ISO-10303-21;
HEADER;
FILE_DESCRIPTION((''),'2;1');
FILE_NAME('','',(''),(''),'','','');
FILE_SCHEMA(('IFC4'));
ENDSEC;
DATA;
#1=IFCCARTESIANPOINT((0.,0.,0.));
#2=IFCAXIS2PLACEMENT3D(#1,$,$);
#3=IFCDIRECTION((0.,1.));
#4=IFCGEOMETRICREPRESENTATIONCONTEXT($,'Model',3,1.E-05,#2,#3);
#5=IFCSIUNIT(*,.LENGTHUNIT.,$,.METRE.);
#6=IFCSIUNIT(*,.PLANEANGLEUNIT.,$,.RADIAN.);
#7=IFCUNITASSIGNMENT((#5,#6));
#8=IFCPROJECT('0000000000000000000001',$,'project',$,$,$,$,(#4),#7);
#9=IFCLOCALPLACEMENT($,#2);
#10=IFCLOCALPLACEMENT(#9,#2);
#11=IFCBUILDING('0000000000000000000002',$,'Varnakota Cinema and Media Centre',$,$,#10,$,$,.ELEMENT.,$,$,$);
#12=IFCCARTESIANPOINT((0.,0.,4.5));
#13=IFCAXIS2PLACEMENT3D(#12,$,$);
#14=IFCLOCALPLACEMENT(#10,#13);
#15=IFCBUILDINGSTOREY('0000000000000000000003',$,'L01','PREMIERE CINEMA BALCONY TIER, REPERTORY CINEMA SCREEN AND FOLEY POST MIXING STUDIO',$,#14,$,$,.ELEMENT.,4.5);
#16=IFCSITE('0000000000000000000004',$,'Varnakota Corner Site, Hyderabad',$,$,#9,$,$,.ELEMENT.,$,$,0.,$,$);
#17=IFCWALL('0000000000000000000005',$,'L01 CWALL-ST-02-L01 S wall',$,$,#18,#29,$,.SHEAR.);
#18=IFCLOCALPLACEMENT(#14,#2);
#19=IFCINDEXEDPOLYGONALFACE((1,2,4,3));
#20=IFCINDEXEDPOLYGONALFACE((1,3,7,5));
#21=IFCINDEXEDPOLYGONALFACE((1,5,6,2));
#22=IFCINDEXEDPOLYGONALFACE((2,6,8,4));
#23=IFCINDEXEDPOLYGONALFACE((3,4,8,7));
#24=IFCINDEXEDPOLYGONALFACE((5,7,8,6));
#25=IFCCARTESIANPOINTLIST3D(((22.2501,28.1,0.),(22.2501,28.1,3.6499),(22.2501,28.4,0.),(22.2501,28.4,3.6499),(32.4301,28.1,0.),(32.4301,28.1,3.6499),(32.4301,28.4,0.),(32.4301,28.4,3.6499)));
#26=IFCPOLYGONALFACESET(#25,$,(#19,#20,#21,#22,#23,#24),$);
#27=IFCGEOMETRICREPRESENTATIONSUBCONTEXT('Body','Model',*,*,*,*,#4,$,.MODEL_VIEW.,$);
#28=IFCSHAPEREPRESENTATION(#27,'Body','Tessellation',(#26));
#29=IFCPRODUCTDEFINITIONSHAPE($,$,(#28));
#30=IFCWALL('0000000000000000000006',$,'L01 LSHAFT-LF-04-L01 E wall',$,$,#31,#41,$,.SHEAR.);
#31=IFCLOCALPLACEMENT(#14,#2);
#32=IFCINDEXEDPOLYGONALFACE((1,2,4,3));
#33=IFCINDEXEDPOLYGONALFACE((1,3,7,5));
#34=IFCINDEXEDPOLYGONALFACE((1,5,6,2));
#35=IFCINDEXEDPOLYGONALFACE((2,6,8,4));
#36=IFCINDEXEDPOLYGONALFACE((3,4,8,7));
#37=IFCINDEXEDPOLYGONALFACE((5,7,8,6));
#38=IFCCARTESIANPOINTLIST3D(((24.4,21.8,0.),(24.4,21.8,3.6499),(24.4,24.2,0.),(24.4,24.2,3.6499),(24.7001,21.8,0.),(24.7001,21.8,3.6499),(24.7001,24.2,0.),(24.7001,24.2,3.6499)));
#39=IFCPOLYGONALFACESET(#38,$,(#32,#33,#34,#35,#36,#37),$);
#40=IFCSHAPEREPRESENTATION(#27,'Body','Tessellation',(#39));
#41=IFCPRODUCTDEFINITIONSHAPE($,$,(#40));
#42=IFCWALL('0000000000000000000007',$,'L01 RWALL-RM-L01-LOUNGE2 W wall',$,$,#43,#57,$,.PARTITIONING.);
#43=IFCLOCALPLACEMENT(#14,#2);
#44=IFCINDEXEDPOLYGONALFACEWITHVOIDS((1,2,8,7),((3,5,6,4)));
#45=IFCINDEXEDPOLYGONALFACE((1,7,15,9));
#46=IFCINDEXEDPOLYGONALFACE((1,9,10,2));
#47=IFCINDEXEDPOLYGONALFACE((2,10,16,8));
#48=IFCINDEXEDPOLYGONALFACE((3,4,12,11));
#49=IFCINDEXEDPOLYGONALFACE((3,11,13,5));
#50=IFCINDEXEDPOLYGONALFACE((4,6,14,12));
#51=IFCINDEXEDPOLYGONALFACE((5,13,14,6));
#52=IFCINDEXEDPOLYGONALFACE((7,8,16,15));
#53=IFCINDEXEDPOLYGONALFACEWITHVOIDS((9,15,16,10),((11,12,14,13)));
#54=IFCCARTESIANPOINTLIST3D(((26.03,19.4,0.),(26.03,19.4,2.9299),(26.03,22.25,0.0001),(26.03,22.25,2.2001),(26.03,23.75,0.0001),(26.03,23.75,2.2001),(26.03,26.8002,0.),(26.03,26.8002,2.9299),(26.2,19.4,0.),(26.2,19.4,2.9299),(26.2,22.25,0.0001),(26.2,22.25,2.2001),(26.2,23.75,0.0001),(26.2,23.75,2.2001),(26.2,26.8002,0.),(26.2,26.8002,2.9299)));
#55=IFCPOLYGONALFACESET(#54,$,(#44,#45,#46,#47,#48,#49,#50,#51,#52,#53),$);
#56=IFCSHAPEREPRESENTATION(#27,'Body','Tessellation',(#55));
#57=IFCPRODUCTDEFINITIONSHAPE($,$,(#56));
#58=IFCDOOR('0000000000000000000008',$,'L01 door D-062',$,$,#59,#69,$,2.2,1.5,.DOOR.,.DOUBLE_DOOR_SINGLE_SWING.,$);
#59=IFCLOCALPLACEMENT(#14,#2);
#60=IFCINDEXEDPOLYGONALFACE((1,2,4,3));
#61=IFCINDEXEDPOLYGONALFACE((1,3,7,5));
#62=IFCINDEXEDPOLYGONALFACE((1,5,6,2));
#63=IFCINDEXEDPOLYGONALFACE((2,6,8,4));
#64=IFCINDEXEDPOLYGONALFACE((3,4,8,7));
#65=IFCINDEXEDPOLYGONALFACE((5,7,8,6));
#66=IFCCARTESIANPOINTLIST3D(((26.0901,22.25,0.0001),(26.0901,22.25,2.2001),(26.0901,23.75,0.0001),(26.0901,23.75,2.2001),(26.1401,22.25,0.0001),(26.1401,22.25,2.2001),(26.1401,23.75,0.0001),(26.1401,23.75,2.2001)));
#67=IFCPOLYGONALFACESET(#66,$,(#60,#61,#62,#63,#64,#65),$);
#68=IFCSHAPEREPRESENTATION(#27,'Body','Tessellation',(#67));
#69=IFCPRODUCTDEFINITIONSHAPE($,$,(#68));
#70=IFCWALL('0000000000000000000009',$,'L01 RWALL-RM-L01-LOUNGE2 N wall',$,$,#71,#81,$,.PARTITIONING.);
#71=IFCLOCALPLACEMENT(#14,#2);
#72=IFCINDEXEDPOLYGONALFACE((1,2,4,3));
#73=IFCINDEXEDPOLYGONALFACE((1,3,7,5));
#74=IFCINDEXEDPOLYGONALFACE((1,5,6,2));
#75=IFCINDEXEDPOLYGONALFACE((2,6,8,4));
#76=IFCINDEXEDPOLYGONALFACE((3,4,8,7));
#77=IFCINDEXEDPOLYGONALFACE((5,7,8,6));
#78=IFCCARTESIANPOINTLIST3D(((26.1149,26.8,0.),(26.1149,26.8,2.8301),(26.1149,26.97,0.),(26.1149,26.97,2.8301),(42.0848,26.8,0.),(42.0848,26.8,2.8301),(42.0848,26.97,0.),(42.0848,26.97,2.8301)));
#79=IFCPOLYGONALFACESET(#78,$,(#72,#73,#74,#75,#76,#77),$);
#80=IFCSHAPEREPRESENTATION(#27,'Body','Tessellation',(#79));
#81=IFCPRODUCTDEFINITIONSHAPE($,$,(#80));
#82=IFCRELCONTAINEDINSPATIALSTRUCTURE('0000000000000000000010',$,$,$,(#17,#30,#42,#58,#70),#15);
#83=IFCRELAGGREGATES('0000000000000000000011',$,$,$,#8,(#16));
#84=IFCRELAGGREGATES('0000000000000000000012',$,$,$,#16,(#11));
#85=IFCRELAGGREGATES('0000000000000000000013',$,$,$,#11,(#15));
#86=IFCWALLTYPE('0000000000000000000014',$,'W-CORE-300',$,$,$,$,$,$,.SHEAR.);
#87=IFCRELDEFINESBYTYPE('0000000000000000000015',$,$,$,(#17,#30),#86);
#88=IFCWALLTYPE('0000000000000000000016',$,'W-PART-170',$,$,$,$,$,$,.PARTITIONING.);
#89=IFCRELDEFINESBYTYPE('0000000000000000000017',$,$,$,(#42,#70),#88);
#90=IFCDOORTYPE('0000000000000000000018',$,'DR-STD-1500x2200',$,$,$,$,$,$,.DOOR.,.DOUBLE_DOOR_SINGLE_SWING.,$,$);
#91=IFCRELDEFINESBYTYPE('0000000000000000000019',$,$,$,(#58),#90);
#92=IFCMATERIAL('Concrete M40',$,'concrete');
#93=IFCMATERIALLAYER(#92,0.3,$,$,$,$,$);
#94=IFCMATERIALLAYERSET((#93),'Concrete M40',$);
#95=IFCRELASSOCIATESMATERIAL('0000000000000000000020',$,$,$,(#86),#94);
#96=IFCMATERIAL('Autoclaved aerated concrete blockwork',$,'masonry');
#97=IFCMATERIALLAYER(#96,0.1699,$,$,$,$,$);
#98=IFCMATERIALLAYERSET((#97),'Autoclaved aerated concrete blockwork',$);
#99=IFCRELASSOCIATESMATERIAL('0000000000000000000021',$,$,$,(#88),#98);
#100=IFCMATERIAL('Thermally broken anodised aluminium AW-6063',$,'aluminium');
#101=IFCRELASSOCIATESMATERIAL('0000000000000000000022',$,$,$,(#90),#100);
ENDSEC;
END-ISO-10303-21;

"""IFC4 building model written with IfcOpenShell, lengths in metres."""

from ifc_helpers import new_model, si_unit, direction, frame, frame_2d, origin, place, context, subcontext, project, spatial, rectangle, extrude, material, layer, layer_set, type_object, element, fill, save


model = new_model("IFC4")

# Units and contexts
model_context = context("Model", 3, precision=1e-05, world=origin(), true_north=direction((0.0, 1.0)))
body_context = subcontext(model_context, "Body", "Model", "MODEL_VIEW")
ifc_project = project(units=[si_unit("LENGTHUNIT", "METRE"), si_unit("PLANEANGLEUNIT", "RADIAN")], contexts=[model_context])

# Site, building, storey
site_placement = place(None, origin())
site = spatial("IfcSite", under=ifc_project, at=site_placement, Name="Varnakota Corner Site, Hyderabad", CompositionType="ELEMENT", RefElevation=0.0)
building_placement = place(site_placement, origin())
building = spatial("IfcBuilding", under=site, at=building_placement, Name="Varnakota Cinema and Media Centre", CompositionType="ELEMENT")
storey_placement = place(building_placement, frame((0.0, 0.0, 4.5)))
storey = spatial("IfcBuildingStorey", under=building, at=storey_placement, Name="L01", Description="PREMIERE CINEMA BALCONY TIER, REPERTORY CINEMA SCREEN AND FOLEY POST MIXING STUDIO", CompositionType="ELEMENT", Elevation=4.5)

# Wall
ifc_material_1 = material(Name="Concrete M40", Category="concrete")
ifc_layer_1 = layer(ifc_material_1, 0.3)
ifc_layer_set_1 = layer_set([ifc_layer_1], Name="Concrete M40")
wall_type_1 = type_object("IfcWallType", Name="W-CORE-300", PredefinedType="SHEAR", material=ifc_layer_set_1)
wall_1_placement = place(storey_placement, frame((32.4299, 28.25, 0.0), z_axis=(0.0, 0.0, 1.0), x_axis=(-1.0, 0.0, 0.0)))
element("IfcWall", 1, at=wall_1_placement, inside=storey, type_object=wall_type_1, Name="L01 CWALL-ST-02-L01 S wall", PredefinedType="SHEAR", context=body_context, shape_type="SweptSolid", body=[
    extrude(rectangle(XDim=10.1799, YDim=0.3, at=frame_2d((5.0898, 0.0))), origin(), (0.0, 0.0, 1.0), 3.6499),
])

# Wall
wall_2_placement = place(storey_placement, frame((24.55, 24.2, 0.0), z_axis=(0.0, 0.0, 1.0), x_axis=(0.0, -1.0, 0.0)))
element("IfcWall", 2, at=wall_2_placement, inside=storey, type_object=wall_type_1, Name="L01 LSHAFT-LF-04-L01 E wall", PredefinedType="SHEAR", context=body_context, shape_type="SweptSolid", body=[
    extrude(rectangle(XDim=2.3999, YDim=0.3, at=frame_2d((1.2, 0.0))), origin(), (0.0, 0.0, 1.0), 3.6499),
])

# Wall, opening, door
ifc_material_2 = material(Name="Autoclaved aerated concrete blockwork", Category="masonry")
ifc_layer_2 = layer(ifc_material_2, 0.1699)
ifc_layer_set_2 = layer_set([ifc_layer_2], Name="Autoclaved aerated concrete blockwork")
wall_type_2 = type_object("IfcWallType", Name="W-PART-170", PredefinedType="PARTITIONING", material=ifc_layer_set_2)
wall_3_placement = place(storey_placement, frame((26.115, 19.3999, 0.0), z_axis=(0.0, 0.0, 1.0), x_axis=(0.0, 1.0, 0.0)))
wall_3 = element("IfcWall", 3, at=wall_3_placement, inside=storey, type_object=wall_type_2, Name="L01 RWALL-RM-L01-LOUNGE2 W wall", PredefinedType="PARTITIONING", context=body_context, shape_type="SweptSolid", body=[
    extrude(rectangle(XDim=7.4001, YDim=0.1699, at=frame_2d((3.7002, 0.0))), origin(), (0.0, 0.0, 1.0), 2.9299),
])
opening_1_placement = place(wall_3_placement, frame((2.8501, 0.0, 0.0)))
opening_1 = element("IfcOpeningElement", 4, at=opening_1_placement, cuts=wall_3, PredefinedType="OPENING", context=body_context, shape_type="SweptSolid", body=[
    extrude(rectangle(XDim=1.5, YDim=2.2, at=frame_2d((0.75, 1.1001))), frame((0.0, 0.085, 0.0), z_axis=(0.0, -1.0, 0.0), x_axis=(1.0, 0.0, 0.0)), (0.0, 0.0, 1.0), 0.1699),
])
ifc_material_3 = material(Name="Thermally broken anodised aluminium AW-6063", Category="aluminium")
door_type_1 = type_object("IfcDoorType", Name="DR-STD-1500x2200", OperationType="DOUBLE_DOOR_SINGLE_SWING", PredefinedType="DOOR", material=ifc_material_3)
door_1_placement = place(opening_1_placement, origin())
door_1 = element("IfcDoor", 5, at=door_1_placement, inside=storey, type_object=door_type_1, Name="L01 door D-062", OperationType="DOUBLE_DOOR_SINGLE_SWING", OverallHeight=2.2, OverallWidth=1.5, PredefinedType="DOOR", context=body_context, shape_type="SweptSolid", body=[
    extrude(rectangle(XDim=1.5, YDim=2.2, at=frame_2d((0.75, 1.1001))), frame((0.0, 0.0249, 0.0), z_axis=(0.0, -1.0, 0.0), x_axis=(1.0, 0.0, 0.0)), (0.0, 0.0, 1.0), 0.05),
])
fill(opening_1, door_1)

# Wall
wall_4_placement = place(storey_placement, frame((26.115, 26.885, 0.0), z_axis=(0.0, 0.0, 1.0), x_axis=(1.0, 0.0, 0.0)))
element("IfcWall", 6, at=wall_4_placement, inside=storey, type_object=wall_type_2, Name="L01 RWALL-RM-L01-LOUNGE2 N wall", PredefinedType="PARTITIONING", context=body_context, shape_type="SweptSolid", body=[
    extrude(rectangle(XDim=15.97, YDim=0.1699, at=frame_2d((7.9849, 0.0))), origin(), (0.0, 0.0, 1.0), 2.8301),
])

save(model, "model.ifc")
